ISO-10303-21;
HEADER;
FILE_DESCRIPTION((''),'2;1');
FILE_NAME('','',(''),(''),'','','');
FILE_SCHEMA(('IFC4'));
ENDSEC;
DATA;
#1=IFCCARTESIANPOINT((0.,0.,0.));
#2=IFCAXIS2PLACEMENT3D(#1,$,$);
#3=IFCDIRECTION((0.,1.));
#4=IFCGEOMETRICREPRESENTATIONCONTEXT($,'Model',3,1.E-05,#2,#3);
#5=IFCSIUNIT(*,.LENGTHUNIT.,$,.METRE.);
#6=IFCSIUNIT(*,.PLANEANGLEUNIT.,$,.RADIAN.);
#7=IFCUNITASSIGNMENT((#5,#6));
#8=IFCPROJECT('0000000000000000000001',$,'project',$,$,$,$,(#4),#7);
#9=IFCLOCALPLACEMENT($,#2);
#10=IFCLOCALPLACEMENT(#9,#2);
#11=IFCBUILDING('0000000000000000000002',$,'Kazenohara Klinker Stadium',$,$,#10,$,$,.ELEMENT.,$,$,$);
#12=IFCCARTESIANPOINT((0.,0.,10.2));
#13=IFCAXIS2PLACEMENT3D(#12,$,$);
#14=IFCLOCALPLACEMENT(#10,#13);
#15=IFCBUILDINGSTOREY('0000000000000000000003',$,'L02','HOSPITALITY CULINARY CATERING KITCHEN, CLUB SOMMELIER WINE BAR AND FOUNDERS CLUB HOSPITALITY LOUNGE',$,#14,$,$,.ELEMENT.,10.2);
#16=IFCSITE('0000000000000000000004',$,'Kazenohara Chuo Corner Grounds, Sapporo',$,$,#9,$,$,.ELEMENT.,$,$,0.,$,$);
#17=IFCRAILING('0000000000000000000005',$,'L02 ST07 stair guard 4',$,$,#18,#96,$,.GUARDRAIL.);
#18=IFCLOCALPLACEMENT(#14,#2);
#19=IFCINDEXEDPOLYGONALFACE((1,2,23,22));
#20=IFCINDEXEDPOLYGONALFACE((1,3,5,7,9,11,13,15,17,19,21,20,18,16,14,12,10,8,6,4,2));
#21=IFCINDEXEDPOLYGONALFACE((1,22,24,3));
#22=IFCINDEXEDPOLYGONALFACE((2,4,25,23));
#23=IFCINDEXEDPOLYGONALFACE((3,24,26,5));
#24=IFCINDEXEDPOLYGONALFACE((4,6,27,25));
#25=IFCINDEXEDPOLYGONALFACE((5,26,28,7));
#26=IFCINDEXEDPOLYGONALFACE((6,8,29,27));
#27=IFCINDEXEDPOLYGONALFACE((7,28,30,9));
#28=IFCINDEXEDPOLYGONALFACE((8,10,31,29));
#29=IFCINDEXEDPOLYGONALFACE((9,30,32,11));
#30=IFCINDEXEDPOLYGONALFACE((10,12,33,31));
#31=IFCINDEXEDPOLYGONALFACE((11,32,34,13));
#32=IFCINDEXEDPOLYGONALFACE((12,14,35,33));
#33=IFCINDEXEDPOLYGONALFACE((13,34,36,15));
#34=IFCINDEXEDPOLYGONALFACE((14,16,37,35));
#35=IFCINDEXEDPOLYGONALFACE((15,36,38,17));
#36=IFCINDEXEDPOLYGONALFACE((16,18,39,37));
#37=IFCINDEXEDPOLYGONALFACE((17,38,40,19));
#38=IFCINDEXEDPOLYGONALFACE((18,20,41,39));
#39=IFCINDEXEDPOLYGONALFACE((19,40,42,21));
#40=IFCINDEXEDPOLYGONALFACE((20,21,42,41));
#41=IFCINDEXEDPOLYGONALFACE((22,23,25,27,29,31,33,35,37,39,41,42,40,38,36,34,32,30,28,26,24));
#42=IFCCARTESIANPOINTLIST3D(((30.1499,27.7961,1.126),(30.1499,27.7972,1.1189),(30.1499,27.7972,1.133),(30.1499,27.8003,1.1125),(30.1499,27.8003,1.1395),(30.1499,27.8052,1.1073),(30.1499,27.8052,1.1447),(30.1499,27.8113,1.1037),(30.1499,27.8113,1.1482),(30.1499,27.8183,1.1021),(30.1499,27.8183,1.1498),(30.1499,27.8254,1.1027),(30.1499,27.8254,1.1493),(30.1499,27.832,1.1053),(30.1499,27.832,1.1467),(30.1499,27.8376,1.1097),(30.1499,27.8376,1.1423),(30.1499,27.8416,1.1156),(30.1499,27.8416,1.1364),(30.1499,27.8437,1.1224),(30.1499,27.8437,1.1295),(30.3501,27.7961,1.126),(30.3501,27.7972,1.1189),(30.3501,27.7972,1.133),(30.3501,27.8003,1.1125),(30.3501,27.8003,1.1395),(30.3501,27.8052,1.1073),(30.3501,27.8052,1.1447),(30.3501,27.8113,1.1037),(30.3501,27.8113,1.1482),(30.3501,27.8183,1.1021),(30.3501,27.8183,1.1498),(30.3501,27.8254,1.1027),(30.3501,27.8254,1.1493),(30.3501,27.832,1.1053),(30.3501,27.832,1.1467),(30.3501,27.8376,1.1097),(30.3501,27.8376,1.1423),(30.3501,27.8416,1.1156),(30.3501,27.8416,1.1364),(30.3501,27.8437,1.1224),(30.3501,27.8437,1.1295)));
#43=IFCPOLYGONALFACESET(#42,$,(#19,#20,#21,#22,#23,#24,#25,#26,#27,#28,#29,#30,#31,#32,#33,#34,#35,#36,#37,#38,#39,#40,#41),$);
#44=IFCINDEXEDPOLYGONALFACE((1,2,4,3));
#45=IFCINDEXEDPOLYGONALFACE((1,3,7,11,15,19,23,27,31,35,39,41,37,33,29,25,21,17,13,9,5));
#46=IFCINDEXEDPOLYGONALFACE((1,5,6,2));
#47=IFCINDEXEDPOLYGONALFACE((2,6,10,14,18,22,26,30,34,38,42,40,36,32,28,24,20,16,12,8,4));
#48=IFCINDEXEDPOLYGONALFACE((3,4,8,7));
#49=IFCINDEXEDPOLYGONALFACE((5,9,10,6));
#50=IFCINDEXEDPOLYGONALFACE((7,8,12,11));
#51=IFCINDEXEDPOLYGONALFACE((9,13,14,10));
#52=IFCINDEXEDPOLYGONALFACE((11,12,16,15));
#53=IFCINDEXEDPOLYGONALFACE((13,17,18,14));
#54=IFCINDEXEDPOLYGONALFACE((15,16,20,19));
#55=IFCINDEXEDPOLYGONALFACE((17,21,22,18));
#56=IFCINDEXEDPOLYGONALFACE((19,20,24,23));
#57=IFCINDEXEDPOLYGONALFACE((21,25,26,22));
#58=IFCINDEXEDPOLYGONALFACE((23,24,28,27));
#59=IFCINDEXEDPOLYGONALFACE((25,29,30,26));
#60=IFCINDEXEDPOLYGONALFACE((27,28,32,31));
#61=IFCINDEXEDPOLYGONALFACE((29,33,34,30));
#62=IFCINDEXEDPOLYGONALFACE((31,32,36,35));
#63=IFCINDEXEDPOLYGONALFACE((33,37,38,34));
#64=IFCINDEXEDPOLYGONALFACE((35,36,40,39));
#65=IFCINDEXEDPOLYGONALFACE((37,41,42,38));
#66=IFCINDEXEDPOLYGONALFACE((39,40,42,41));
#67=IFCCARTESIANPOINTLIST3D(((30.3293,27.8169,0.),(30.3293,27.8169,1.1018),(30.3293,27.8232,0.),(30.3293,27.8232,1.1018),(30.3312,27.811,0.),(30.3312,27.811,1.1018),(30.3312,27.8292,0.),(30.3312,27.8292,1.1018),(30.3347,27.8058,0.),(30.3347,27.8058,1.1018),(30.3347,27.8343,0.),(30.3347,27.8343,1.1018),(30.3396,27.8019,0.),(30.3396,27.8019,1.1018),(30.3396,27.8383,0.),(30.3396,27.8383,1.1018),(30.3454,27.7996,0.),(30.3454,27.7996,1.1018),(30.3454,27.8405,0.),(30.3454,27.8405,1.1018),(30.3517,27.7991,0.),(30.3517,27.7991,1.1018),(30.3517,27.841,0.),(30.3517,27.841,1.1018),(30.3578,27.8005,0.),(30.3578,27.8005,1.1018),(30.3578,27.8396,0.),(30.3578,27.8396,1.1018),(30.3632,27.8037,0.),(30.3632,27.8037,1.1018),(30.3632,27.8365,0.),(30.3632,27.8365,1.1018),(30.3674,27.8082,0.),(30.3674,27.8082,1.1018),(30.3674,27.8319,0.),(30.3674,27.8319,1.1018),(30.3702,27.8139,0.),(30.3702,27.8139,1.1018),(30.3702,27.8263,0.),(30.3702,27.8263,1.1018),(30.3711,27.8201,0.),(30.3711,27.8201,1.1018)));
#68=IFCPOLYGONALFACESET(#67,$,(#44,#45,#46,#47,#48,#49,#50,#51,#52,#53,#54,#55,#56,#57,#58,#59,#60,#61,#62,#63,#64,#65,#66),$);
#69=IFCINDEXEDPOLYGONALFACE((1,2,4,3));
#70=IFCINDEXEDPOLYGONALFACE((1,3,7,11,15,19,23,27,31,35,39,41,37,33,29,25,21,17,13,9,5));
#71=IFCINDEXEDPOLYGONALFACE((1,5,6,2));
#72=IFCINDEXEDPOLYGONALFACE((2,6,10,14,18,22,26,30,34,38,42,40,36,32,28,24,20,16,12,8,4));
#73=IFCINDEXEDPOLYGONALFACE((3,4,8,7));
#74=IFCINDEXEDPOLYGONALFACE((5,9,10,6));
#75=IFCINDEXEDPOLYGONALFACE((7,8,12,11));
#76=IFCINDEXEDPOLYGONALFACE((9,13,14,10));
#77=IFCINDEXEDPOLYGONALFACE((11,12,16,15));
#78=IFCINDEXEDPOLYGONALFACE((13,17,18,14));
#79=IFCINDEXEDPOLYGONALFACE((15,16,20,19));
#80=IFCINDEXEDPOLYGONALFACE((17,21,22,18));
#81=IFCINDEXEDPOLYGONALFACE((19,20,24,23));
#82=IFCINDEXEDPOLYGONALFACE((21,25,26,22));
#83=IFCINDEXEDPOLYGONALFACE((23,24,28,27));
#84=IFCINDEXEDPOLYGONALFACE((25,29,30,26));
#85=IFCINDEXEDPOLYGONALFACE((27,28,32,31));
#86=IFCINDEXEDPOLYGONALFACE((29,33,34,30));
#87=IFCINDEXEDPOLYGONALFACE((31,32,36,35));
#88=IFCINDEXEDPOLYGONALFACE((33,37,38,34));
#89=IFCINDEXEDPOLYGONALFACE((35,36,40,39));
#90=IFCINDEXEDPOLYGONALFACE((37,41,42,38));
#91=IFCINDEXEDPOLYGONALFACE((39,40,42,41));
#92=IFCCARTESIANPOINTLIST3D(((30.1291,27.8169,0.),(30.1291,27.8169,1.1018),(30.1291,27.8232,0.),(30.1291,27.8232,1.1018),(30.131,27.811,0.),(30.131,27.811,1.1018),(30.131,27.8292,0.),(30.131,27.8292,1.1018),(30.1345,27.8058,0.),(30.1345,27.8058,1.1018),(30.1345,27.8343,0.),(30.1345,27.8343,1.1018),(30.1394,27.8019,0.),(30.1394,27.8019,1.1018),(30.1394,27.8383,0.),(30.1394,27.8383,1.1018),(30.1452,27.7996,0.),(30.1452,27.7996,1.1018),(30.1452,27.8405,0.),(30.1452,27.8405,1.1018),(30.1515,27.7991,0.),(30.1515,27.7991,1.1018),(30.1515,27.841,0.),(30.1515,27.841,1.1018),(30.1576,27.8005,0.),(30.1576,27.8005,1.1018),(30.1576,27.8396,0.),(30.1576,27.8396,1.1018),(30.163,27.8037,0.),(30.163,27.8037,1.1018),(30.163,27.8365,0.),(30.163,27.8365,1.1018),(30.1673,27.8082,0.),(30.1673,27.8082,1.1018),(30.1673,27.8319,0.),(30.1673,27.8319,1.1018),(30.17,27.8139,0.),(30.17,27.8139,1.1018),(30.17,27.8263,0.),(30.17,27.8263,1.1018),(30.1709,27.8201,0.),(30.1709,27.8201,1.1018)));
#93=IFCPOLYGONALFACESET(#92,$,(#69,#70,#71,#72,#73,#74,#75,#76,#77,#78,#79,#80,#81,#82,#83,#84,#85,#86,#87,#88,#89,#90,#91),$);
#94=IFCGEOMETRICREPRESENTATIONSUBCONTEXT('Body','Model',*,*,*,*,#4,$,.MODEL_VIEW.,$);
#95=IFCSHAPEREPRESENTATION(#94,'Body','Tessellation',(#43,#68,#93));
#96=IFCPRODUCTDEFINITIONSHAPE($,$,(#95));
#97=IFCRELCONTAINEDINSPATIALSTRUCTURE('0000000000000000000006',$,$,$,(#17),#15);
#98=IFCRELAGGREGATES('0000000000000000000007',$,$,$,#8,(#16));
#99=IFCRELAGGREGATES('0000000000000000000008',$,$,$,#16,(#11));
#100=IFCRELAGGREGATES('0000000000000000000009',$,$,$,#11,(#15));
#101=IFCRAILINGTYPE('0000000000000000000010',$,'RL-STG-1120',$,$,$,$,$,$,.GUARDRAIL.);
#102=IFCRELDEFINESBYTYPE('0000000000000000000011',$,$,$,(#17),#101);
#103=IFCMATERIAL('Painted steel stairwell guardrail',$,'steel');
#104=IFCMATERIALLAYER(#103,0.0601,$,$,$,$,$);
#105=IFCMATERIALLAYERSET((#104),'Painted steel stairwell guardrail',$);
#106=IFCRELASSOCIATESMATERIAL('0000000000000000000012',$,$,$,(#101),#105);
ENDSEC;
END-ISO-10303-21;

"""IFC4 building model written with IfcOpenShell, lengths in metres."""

from ifc_helpers import new_model, si_unit, direction, frame, origin, origin_2d, place, context, subcontext, project, spatial, circle, extrude, material, layer, layer_set, type_object, element, save


model = new_model("IFC4")

# Units and contexts
model_context = context("Model", 3, precision=1e-05, world=origin(), true_north=direction((0.0, 1.0)))
body_context = subcontext(model_context, "Body", "Model", "MODEL_VIEW")
ifc_project = project(units=[si_unit("LENGTHUNIT", "METRE"), si_unit("PLANEANGLEUNIT", "RADIAN")], contexts=[model_context])

# Site, building, storey
site_placement = place(None, origin())
site = spatial("IfcSite", under=ifc_project, at=site_placement, Name="Kazenohara Chuo Corner Grounds, Sapporo", CompositionType="ELEMENT", RefElevation=0.0)
building_placement = place(site_placement, origin())
building = spatial("IfcBuilding", under=site, at=building_placement, Name="Kazenohara Klinker Stadium", CompositionType="ELEMENT")
storey_placement = place(building_placement, frame((0.0, 0.0, 10.2)))
storey = spatial("IfcBuildingStorey", under=building, at=storey_placement, Name="L02", Description="HOSPITALITY CULINARY CATERING KITCHEN, CLUB SOMMELIER WINE BAR AND FOUNDERS CLUB HOSPITALITY LOUNGE", CompositionType="ELEMENT", Elevation=10.2)

# Railing
ifc_material_1 = material(Name="Painted steel stairwell guardrail", Category="steel")
ifc_layer_1 = layer(ifc_material_1, 0.0601)
ifc_layer_set_1 = layer_set([ifc_layer_1], Name="Painted steel stairwell guardrail")
railing_type_1 = type_object("IfcRailingType", Name="RL-STG-1120", PredefinedType="GUARDRAIL", material=ifc_layer_set_1)
railing_1_placement = place(storey_placement, frame((30.3501, 27.8201, 0.0)))
element("IfcRailing", 1, at=railing_1_placement, inside=storey, type_object=railing_type_1, Name="L02 ST07 stair guard 4", PredefinedType="GUARDRAIL", context=body_context, shape_type="SweptSolid", body=[
    extrude(circle(Radius=0.0239, at=origin_2d()), frame((0.0, 0.0, 1.126), z_axis=(-1.0, 0.0, 0.0), x_axis=(0.0, -1.0, 0.0)), (0.0, 0.0, 1.0), 0.2002),
    extrude(circle(Radius=0.021, at=origin_2d()), origin(), (0.0, 0.0, 1.0), 1.1018),
    extrude(circle(Radius=0.021, at=origin_2d()), frame((-0.2002, 0.0, 0.0)), (0.0, 0.0, 1.0), 1.1018),
])

save(model, "model.ifc")
